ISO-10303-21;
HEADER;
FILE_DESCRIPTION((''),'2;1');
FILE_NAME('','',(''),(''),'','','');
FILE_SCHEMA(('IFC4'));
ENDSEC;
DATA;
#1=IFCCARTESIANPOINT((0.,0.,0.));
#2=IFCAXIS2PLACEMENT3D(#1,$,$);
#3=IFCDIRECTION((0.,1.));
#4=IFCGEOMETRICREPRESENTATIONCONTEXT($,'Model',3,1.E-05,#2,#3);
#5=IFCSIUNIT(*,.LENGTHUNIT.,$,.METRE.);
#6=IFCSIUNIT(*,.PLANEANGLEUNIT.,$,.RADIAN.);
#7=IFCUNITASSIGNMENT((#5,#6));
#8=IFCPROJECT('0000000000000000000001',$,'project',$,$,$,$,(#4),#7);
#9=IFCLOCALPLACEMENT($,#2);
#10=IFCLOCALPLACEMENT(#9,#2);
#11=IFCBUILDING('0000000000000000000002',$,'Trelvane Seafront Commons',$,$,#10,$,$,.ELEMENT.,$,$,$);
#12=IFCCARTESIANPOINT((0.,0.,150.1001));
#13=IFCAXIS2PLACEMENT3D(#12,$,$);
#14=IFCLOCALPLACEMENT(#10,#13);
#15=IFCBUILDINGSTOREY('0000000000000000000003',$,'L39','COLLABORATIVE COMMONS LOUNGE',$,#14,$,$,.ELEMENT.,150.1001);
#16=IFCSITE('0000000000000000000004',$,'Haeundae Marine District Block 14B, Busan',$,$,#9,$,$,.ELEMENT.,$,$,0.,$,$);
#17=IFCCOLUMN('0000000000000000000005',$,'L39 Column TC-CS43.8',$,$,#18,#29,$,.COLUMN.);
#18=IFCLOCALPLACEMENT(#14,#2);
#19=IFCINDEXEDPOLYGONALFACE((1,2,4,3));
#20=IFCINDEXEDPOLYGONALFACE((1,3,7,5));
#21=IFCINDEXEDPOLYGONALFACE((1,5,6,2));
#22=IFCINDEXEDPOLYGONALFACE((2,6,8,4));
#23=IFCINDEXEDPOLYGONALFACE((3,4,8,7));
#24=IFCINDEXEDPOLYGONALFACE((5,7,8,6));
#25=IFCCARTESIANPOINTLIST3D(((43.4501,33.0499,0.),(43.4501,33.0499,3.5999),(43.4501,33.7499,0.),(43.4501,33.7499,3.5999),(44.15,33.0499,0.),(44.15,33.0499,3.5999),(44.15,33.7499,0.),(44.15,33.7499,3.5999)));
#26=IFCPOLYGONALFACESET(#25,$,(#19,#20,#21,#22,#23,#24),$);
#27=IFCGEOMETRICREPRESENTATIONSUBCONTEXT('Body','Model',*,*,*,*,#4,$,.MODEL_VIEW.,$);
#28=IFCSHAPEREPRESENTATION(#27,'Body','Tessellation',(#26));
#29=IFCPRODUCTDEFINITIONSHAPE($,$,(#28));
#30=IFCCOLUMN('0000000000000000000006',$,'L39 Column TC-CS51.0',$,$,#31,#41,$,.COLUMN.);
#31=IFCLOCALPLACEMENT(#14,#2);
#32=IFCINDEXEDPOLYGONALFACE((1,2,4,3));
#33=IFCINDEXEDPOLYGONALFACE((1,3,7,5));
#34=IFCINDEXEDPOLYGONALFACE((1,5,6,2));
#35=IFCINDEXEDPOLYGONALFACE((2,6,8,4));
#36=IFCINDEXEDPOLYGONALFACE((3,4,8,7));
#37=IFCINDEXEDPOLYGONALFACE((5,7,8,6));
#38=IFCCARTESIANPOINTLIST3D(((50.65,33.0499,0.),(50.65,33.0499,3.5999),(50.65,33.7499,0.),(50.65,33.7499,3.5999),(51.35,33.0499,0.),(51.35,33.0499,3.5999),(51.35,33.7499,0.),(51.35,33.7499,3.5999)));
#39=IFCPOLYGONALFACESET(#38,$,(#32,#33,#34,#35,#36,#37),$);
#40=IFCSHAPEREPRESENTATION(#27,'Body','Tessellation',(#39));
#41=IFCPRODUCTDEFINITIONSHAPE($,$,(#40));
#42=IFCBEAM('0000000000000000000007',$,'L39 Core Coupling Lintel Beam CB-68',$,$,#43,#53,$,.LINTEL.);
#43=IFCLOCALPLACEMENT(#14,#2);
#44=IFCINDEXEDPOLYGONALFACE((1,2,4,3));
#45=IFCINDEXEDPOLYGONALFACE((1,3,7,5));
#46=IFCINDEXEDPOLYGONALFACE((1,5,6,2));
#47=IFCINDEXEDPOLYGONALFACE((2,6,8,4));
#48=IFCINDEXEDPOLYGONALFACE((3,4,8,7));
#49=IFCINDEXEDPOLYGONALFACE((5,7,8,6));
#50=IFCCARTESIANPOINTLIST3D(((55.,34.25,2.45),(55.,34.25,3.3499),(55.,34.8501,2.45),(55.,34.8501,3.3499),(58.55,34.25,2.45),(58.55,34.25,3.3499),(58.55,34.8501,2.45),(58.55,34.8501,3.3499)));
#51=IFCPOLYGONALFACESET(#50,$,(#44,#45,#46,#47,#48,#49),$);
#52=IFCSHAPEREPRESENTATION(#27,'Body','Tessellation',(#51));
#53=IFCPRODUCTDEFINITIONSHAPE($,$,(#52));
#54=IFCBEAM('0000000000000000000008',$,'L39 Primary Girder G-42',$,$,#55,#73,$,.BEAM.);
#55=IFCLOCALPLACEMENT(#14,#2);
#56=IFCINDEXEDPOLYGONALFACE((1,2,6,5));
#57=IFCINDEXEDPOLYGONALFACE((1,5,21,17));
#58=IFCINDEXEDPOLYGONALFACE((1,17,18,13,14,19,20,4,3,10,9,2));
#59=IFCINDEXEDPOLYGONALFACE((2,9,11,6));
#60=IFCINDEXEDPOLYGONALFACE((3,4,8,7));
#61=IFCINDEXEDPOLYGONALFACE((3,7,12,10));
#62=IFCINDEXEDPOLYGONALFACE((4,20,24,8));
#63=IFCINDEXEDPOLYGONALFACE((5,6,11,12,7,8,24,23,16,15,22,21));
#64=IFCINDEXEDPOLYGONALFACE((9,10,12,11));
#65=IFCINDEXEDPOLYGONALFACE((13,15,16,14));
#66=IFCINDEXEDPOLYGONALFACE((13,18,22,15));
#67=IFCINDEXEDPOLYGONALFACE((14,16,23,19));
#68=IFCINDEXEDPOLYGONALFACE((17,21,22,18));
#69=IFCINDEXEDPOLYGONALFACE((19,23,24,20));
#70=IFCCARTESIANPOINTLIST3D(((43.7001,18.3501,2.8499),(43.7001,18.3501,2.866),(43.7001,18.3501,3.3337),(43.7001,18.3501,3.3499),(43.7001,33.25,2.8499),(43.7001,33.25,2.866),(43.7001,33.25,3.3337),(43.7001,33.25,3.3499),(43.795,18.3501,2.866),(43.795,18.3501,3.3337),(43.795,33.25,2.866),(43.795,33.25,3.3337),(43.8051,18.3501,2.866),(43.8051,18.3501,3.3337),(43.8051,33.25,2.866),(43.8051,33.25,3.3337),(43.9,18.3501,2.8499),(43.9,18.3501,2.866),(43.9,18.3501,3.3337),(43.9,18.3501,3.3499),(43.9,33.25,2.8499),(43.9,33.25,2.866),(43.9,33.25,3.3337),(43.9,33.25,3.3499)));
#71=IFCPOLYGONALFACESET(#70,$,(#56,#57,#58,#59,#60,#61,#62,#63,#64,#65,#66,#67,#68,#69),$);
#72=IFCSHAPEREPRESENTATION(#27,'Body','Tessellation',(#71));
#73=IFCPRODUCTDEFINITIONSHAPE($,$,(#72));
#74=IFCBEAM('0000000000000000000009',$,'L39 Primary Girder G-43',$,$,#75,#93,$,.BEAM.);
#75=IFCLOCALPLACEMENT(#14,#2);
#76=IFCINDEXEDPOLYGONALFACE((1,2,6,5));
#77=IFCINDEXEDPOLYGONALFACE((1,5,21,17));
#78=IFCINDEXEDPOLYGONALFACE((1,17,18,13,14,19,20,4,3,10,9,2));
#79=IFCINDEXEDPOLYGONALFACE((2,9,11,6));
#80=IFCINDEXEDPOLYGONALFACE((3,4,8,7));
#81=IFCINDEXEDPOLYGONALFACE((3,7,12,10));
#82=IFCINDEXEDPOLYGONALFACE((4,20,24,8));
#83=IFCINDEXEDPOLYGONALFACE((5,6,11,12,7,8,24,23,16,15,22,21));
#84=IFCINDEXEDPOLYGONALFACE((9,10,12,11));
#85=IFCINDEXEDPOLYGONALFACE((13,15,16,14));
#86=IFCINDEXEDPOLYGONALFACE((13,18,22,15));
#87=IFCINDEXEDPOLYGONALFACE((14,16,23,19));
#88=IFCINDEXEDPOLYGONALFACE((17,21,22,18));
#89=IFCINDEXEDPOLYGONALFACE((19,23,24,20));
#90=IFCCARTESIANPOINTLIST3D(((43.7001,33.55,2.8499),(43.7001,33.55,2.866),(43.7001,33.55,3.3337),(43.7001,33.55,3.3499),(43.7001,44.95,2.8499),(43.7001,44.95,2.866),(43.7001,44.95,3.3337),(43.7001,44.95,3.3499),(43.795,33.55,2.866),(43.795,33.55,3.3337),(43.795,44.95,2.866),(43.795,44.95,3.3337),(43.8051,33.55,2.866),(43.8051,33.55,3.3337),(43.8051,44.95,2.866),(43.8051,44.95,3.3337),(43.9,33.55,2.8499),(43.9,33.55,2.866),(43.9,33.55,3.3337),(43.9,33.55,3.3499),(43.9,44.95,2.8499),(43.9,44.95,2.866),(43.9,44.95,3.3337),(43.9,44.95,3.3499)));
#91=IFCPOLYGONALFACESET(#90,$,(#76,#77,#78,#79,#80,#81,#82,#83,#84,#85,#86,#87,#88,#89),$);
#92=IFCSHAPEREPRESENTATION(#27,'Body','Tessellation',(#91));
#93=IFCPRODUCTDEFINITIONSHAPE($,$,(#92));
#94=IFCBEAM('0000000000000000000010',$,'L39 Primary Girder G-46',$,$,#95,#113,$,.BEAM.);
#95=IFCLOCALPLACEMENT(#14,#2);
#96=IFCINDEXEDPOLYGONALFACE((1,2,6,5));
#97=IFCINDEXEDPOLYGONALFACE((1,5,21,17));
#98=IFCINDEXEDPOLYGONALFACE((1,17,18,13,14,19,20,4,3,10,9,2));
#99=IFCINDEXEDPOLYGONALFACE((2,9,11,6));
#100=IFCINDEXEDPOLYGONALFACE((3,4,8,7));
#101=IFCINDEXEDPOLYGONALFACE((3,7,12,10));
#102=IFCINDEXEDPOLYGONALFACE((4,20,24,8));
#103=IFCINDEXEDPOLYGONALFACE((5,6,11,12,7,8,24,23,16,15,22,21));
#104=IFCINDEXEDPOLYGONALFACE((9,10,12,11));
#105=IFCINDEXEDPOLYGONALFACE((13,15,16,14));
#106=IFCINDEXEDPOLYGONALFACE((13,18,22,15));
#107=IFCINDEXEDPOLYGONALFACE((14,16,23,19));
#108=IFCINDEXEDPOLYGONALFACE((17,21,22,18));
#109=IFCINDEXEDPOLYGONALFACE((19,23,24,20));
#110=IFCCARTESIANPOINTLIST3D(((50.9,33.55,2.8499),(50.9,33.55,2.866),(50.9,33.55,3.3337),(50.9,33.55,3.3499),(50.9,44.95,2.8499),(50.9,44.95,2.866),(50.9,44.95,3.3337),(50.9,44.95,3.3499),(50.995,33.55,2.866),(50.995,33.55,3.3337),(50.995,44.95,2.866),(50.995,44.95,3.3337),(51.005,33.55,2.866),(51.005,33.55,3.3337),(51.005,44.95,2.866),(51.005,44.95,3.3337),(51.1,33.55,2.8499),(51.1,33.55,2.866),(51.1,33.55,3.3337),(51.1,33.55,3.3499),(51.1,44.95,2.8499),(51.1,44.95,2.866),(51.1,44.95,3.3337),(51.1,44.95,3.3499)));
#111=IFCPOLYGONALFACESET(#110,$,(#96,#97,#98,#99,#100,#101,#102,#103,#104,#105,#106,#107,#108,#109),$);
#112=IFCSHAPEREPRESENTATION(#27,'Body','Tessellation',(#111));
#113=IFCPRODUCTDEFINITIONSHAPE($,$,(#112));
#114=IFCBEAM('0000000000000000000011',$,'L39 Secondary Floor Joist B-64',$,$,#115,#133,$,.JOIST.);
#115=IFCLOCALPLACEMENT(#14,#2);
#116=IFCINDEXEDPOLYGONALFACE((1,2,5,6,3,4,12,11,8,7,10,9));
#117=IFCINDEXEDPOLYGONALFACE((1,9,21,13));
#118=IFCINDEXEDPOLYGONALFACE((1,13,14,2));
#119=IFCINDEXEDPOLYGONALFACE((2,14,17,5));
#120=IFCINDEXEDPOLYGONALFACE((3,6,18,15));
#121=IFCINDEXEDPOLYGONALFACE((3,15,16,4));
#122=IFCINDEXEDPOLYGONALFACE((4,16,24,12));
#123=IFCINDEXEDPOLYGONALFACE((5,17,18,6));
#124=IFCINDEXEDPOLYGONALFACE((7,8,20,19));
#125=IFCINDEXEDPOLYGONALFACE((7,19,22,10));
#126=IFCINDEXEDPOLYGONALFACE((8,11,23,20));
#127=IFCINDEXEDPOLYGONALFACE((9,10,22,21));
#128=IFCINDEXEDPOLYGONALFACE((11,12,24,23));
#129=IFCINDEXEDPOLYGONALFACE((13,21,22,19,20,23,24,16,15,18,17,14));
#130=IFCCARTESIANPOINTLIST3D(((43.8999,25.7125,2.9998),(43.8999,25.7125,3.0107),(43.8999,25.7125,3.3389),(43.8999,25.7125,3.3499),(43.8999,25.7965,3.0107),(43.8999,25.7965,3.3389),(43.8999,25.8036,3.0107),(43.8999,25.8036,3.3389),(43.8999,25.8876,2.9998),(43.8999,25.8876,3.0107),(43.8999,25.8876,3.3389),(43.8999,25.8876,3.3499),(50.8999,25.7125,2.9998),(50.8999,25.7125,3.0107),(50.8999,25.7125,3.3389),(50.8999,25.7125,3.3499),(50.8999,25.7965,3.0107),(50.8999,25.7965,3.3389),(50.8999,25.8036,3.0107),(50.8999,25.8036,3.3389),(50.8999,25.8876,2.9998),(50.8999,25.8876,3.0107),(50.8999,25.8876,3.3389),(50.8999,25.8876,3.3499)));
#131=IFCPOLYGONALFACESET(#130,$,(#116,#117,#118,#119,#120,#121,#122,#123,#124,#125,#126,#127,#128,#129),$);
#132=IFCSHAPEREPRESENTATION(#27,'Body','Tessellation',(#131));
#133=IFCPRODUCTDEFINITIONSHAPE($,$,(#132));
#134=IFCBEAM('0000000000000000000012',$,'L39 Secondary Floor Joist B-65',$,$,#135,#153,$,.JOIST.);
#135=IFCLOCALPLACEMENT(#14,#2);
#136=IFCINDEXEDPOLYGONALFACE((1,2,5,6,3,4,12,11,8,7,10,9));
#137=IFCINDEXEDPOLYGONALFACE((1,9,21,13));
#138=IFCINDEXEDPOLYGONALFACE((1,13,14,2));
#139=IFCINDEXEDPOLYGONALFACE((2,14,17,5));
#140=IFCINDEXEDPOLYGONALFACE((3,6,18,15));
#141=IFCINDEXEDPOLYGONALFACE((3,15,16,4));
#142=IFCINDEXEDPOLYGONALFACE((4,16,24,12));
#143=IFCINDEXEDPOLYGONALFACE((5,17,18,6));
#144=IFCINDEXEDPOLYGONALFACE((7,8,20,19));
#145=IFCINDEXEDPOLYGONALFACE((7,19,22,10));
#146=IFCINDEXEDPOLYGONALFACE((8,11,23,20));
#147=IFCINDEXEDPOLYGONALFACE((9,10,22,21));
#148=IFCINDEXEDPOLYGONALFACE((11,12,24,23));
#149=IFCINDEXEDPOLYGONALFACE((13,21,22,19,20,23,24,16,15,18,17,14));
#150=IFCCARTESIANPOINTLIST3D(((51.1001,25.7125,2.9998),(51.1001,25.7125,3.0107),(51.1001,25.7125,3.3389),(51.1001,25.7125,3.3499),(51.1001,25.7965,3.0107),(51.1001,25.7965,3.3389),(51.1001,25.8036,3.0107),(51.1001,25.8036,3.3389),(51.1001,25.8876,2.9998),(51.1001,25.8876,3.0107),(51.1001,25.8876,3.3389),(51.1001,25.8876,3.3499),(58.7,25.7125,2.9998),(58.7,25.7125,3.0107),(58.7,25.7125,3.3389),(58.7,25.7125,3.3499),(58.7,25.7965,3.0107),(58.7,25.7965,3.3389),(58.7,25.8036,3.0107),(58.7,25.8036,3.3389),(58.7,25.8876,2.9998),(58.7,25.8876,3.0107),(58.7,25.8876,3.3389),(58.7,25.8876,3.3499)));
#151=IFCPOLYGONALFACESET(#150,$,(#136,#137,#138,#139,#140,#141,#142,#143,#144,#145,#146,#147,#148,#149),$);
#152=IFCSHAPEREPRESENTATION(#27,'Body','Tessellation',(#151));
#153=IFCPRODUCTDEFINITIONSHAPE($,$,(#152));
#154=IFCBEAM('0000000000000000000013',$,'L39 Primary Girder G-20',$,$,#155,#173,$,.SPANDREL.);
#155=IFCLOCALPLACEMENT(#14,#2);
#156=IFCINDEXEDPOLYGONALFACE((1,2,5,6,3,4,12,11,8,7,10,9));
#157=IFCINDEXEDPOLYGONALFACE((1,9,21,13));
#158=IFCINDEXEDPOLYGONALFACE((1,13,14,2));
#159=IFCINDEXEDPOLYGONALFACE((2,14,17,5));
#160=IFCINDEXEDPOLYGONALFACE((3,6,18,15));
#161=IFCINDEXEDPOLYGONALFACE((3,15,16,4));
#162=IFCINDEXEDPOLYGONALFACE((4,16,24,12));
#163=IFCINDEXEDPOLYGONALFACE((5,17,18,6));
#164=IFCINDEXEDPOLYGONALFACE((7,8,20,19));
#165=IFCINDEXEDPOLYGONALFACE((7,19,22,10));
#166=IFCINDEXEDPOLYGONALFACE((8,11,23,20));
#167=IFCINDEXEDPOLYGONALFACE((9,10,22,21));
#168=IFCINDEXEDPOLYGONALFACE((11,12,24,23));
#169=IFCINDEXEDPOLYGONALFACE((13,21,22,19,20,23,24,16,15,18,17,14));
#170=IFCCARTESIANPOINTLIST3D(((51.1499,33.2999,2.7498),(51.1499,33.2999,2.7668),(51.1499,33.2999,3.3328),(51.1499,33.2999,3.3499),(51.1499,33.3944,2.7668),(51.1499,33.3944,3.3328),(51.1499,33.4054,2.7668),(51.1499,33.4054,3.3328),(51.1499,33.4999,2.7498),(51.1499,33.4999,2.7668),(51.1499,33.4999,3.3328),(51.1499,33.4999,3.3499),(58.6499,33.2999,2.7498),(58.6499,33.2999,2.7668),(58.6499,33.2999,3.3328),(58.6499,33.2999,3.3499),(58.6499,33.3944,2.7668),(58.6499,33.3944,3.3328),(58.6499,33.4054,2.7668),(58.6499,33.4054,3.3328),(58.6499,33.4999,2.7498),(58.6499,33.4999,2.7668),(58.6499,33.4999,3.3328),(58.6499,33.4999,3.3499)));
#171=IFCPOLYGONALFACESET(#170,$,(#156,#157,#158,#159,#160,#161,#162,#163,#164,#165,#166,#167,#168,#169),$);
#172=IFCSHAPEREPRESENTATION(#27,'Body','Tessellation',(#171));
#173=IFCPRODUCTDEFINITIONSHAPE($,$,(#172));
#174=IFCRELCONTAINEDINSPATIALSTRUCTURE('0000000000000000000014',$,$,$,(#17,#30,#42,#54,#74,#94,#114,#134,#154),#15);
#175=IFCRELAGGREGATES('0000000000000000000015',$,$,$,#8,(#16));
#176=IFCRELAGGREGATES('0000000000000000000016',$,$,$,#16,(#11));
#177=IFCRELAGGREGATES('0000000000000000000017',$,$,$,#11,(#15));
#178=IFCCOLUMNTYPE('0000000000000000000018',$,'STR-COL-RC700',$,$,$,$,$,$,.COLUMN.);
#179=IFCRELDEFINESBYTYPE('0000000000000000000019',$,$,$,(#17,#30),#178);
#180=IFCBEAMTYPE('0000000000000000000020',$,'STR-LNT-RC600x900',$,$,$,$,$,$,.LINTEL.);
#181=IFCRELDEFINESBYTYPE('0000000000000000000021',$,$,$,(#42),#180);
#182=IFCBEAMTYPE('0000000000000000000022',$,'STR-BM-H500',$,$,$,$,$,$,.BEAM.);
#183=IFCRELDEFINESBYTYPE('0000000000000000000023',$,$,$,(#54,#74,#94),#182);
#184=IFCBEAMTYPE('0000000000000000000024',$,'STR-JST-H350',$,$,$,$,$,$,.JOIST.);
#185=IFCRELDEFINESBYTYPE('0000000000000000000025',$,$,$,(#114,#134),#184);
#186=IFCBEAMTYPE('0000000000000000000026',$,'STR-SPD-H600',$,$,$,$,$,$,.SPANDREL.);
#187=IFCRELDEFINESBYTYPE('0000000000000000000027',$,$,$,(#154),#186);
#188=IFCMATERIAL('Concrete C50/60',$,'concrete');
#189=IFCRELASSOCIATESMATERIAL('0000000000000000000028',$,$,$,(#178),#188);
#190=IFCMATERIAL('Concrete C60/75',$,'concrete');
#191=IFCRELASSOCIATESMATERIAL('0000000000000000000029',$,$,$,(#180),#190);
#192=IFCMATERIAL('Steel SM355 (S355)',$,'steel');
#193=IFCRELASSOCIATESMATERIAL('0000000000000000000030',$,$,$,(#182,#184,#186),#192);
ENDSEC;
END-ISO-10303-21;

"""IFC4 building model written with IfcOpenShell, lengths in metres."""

from ifc_helpers import new_model, si_unit, direction, frame, origin, origin_2d, place, context, subcontext, project, spatial, rectangle, i_section, extrude, source, transform, mapped, material, material_profile, profile_set, type_object, element, save


model = new_model("IFC4")

# Units and contexts
model_context = context("Model", 3, precision=1e-05, world=origin(), true_north=direction((0.0, 1.0)))
body_context = subcontext(model_context, "Body", "Model", "MODEL_VIEW")
ifc_project = project(units=[si_unit("LENGTHUNIT", "METRE"), si_unit("PLANEANGLEUNIT", "RADIAN")], contexts=[model_context])

# Site, building, storey
site_placement = place(None, origin())
site = spatial("IfcSite", under=ifc_project, at=site_placement, Name="Haeundae Marine District Block 14B, Busan", CompositionType="ELEMENT", RefElevation=0.0)
building_placement = place(site_placement, origin())
building = spatial("IfcBuilding", under=site, at=building_placement, Name="Trelvane Seafront Commons", CompositionType="ELEMENT")
storey_placement = place(building_placement, frame((0.0, 0.0, 150.1001)))
storey = spatial("IfcBuildingStorey", under=building, at=storey_placement, Name="L39", Description="COLLABORATIVE COMMONS LOUNGE", CompositionType="ELEMENT", Elevation=150.1001)

# Columns
ifc_material_1 = material(Name="Concrete C50/60", Category="concrete")
ifc_material_profile_1 = material_profile(ifc_material_1, rectangle(XDim=0.7, YDim=0.7, at=origin_2d()), Name="RC-700x700")
ifc_profile_set_1 = profile_set([ifc_material_profile_1], Name="Concrete C50/60")
column_type = type_object("IfcColumnType", Name="STR-COL-RC700", PredefinedType="COLUMN", material=ifc_profile_set_1)
shared_shape_1 = source(origin(), body_context, "Body", "SweptSolid", [
    extrude(rectangle(XDim=0.7, YDim=0.7, at=origin_2d()), origin(), (0.0, 0.0, 1.0), 3.5999),
])
for number, where, z_axis, x_axis, name in (
    (1, (43.8, 33.3999, 0.0), (0.0, 0.0, 1.0), (1.0, 0.0, 0.0), "L39 Column TC-CS43.8"),
    (2, (51.0, 33.3999, 0.0), (0.0, 0.0, 1.0), (1.0, 0.0, 0.0), "L39 Column TC-CS51.0"),
):
    element("IfcColumn", number, at=place(storey_placement, frame(where, z_axis=z_axis, x_axis=x_axis)), inside=storey, type_object=column_type, Name=name, PredefinedType="COLUMN", context=body_context, shape_type="MappedRepresentation", body=[
        mapped(shared_shape_1, transform((0.0, 0.0, 0.0), x_axis=(1.0, 0.0, 0.0), y_axis=(0.0, 1.0, 0.0), z_axis=(0.0, 0.0, 1.0), scale=1.0)),
    ])

# Beams
ifc_material_2 = material(Name="Concrete C60/75", Category="concrete")
ifc_material_profile_2 = material_profile(ifc_material_2, rectangle(XDim=0.6001, YDim=0.8999, at=origin_2d()), Name="RC-600x900")
ifc_profile_set_2 = profile_set([ifc_material_profile_2], Name="Concrete C60/75")
beam_type_1 = type_object("IfcBeamType", Name="STR-LNT-RC600x900", PredefinedType="LINTEL", material=ifc_profile_set_2)
shared_shape_2 = source(origin(), body_context, "Body", "SweptSolid", [
    extrude(rectangle(XDim=0.6001, YDim=0.8999, at=origin_2d()), origin(), (0.0, 0.0, 1.0), 3.55),
])
beam_1_placement = place(storey_placement, frame((55.0, 34.55, 2.8999), z_axis=(1.0, 0.0, 0.0), x_axis=(0.0, 1.0, 0.0)))
element("IfcBeam", 3, at=beam_1_placement, inside=storey, type_object=beam_type_1, Name="L39 Core Coupling Lintel Beam CB-68", PredefinedType="LINTEL", context=body_context, shape_type="MappedRepresentation", body=[
    mapped(shared_shape_2, transform((0.0, 0.0, 0.0), x_axis=(1.0, 0.0, 0.0), y_axis=(0.0, 1.0, 0.0), z_axis=(0.0, 0.0, 1.0), scale=1.0)),
])
ifc_material_3 = material(Name="Steel SM355 (S355)", Category="steel")
ifc_material_profile_3 = material_profile(ifc_material_3, i_section(OverallWidth=0.2, OverallDepth=0.5, WebThickness=0.01, FlangeThickness=0.0161, at=origin_2d()), Name="H-500x200x10x16")
ifc_profile_set_3 = profile_set([ifc_material_profile_3], Name="Steel SM355 (S355)")
beam_type_2 = type_object("IfcBeamType", Name="STR-BM-H500", PredefinedType="BEAM", material=ifc_profile_set_3)
shared_shape_3 = source(origin(), body_context, "Body", "SweptSolid", [
    extrude(i_section(OverallWidth=0.2, OverallDepth=0.5, WebThickness=0.01, FlangeThickness=0.0161, at=origin_2d()), origin(), (0.0, 0.0, 1.0), 14.8999),
])
beam_2_placement = place(storey_placement, frame((43.8, 18.3501, 3.0999), z_axis=(0.0, 1.0, 0.0), x_axis=(-1.0, 0.0, 0.0)))
element("IfcBeam", 4, at=beam_2_placement, inside=storey, type_object=beam_type_2, Name="L39 Primary Girder G-42", PredefinedType="BEAM", context=body_context, shape_type="MappedRepresentation", body=[
    mapped(shared_shape_3, transform((0.0, 0.0, 0.0), x_axis=(1.0, 0.0, 0.0), y_axis=(0.0, 1.0, 0.0), z_axis=(0.0, 0.0, 1.0), scale=1.0)),
])
shared_shape_4 = source(origin(), body_context, "Body", "SweptSolid", [
    extrude(i_section(OverallWidth=0.2, OverallDepth=0.5, WebThickness=0.01, FlangeThickness=0.0161, at=origin_2d()), origin(), (0.0, 0.0, 1.0), 11.3999),
])
for number, where, z_axis, x_axis, name in (
    (5, (43.8, 33.55, 3.0999), (0.0, 1.0, 0.0), (-1.0, 0.0, 0.0), "L39 Primary Girder G-43"),
    (6, (51.0, 33.55, 3.0999), (0.0, 1.0, 0.0), (-1.0, 0.0, 0.0), "L39 Primary Girder G-46"),
):
    element("IfcBeam", number, at=place(storey_placement, frame(where, z_axis=z_axis, x_axis=x_axis)), inside=storey, type_object=beam_type_2, Name=name, PredefinedType="BEAM", context=body_context, shape_type="MappedRepresentation", body=[
        mapped(shared_shape_4, transform((0.0, 0.0, 0.0), x_axis=(1.0, 0.0, 0.0), y_axis=(0.0, 1.0, 0.0), z_axis=(0.0, 0.0, 1.0), scale=1.0)),
    ])
ifc_material_profile_4 = material_profile(ifc_material_3, i_section(OverallWidth=0.175, OverallDepth=0.3501, WebThickness=0.0071, FlangeThickness=0.011, at=origin_2d()), Name="H-350x175x7x11")
ifc_profile_set_4 = profile_set([ifc_material_profile_4], Name="Steel SM355 (S355)")
beam_type_3 = type_object("IfcBeamType", Name="STR-JST-H350", PredefinedType="JOIST", material=ifc_profile_set_4)
shared_shape_5 = source(origin(), body_context, "Body", "SweptSolid", [
    extrude(i_section(OverallWidth=0.175, OverallDepth=0.3501, WebThickness=0.0071, FlangeThickness=0.011, at=origin_2d()), origin(), (0.0, 0.0, 1.0), 7.0),
])
beam_3_placement = place(storey_placement, frame((43.8999, 25.8, 3.1748), z_axis=(1.0, 0.0, 0.0), x_axis=(0.0, 1.0, 0.0)))
element("IfcBeam", 7, at=beam_3_placement, inside=storey, type_object=beam_type_3, Name="L39 Secondary Floor Joist B-64", PredefinedType="JOIST", context=body_context, shape_type="MappedRepresentation", body=[
    mapped(shared_shape_5, transform((0.0, 0.0, 0.0), x_axis=(1.0, 0.0, 0.0), y_axis=(0.0, 1.0, 0.0), z_axis=(0.0, 0.0, 1.0), scale=1.0)),
])
shared_shape_6 = source(origin(), body_context, "Body", "SweptSolid", [
    extrude(i_section(OverallWidth=0.175, OverallDepth=0.3501, WebThickness=0.0071, FlangeThickness=0.011, at=origin_2d()), origin(), (0.0, 0.0, 1.0), 7.5999),
])
beam_4_placement = place(storey_placement, frame((51.1001, 25.8, 3.1748), z_axis=(1.0, 0.0, 0.0), x_axis=(0.0, 1.0, 0.0)))
element("IfcBeam", 8, at=beam_4_placement, inside=storey, type_object=beam_type_3, Name="L39 Secondary Floor Joist B-65", PredefinedType="JOIST", context=body_context, shape_type="MappedRepresentation", body=[
    mapped(shared_shape_6, transform((0.0, 0.0, 0.0), x_axis=(1.0, 0.0, 0.0), y_axis=(0.0, 1.0, 0.0), z_axis=(0.0, 0.0, 1.0), scale=1.0)),
])
ifc_material_profile_5 = material_profile(ifc_material_3, i_section(OverallWidth=0.2, OverallDepth=0.6001, WebThickness=0.011, FlangeThickness=0.0171, at=origin_2d()), Name="H-600x200x11x17")
ifc_profile_set_5 = profile_set([ifc_material_profile_5], Name="Steel SM355 (S355)")
beam_type_4 = type_object("IfcBeamType", Name="STR-SPD-H600", PredefinedType="SPANDREL", material=ifc_profile_set_5)
shared_shape_7 = source(origin(), body_context, "Body", "SweptSolid", [
    extrude(i_section(OverallWidth=0.2, OverallDepth=0.6001, WebThickness=0.011, FlangeThickness=0.0171, at=origin_2d()), origin(), (0.0, 0.0, 1.0), 7.5),
])
beam_5_placement = place(storey_placement, frame((51.1499, 33.3999, 3.0498), z_axis=(1.0, 0.0, 0.0), x_axis=(0.0, 1.0, 0.0)))
element("IfcBeam", 9, at=beam_5_placement, inside=storey, type_object=beam_type_4, Name="L39 Primary Girder G-20", PredefinedType="SPANDREL", context=body_context, shape_type="MappedRepresentation", body=[
    mapped(shared_shape_7, transform((0.0, 0.0, 0.0), x_axis=(1.0, 0.0, 0.0), y_axis=(0.0, 1.0, 0.0), z_axis=(0.0, 0.0, 1.0), scale=1.0)),
])

save(model, "model.ifc")
